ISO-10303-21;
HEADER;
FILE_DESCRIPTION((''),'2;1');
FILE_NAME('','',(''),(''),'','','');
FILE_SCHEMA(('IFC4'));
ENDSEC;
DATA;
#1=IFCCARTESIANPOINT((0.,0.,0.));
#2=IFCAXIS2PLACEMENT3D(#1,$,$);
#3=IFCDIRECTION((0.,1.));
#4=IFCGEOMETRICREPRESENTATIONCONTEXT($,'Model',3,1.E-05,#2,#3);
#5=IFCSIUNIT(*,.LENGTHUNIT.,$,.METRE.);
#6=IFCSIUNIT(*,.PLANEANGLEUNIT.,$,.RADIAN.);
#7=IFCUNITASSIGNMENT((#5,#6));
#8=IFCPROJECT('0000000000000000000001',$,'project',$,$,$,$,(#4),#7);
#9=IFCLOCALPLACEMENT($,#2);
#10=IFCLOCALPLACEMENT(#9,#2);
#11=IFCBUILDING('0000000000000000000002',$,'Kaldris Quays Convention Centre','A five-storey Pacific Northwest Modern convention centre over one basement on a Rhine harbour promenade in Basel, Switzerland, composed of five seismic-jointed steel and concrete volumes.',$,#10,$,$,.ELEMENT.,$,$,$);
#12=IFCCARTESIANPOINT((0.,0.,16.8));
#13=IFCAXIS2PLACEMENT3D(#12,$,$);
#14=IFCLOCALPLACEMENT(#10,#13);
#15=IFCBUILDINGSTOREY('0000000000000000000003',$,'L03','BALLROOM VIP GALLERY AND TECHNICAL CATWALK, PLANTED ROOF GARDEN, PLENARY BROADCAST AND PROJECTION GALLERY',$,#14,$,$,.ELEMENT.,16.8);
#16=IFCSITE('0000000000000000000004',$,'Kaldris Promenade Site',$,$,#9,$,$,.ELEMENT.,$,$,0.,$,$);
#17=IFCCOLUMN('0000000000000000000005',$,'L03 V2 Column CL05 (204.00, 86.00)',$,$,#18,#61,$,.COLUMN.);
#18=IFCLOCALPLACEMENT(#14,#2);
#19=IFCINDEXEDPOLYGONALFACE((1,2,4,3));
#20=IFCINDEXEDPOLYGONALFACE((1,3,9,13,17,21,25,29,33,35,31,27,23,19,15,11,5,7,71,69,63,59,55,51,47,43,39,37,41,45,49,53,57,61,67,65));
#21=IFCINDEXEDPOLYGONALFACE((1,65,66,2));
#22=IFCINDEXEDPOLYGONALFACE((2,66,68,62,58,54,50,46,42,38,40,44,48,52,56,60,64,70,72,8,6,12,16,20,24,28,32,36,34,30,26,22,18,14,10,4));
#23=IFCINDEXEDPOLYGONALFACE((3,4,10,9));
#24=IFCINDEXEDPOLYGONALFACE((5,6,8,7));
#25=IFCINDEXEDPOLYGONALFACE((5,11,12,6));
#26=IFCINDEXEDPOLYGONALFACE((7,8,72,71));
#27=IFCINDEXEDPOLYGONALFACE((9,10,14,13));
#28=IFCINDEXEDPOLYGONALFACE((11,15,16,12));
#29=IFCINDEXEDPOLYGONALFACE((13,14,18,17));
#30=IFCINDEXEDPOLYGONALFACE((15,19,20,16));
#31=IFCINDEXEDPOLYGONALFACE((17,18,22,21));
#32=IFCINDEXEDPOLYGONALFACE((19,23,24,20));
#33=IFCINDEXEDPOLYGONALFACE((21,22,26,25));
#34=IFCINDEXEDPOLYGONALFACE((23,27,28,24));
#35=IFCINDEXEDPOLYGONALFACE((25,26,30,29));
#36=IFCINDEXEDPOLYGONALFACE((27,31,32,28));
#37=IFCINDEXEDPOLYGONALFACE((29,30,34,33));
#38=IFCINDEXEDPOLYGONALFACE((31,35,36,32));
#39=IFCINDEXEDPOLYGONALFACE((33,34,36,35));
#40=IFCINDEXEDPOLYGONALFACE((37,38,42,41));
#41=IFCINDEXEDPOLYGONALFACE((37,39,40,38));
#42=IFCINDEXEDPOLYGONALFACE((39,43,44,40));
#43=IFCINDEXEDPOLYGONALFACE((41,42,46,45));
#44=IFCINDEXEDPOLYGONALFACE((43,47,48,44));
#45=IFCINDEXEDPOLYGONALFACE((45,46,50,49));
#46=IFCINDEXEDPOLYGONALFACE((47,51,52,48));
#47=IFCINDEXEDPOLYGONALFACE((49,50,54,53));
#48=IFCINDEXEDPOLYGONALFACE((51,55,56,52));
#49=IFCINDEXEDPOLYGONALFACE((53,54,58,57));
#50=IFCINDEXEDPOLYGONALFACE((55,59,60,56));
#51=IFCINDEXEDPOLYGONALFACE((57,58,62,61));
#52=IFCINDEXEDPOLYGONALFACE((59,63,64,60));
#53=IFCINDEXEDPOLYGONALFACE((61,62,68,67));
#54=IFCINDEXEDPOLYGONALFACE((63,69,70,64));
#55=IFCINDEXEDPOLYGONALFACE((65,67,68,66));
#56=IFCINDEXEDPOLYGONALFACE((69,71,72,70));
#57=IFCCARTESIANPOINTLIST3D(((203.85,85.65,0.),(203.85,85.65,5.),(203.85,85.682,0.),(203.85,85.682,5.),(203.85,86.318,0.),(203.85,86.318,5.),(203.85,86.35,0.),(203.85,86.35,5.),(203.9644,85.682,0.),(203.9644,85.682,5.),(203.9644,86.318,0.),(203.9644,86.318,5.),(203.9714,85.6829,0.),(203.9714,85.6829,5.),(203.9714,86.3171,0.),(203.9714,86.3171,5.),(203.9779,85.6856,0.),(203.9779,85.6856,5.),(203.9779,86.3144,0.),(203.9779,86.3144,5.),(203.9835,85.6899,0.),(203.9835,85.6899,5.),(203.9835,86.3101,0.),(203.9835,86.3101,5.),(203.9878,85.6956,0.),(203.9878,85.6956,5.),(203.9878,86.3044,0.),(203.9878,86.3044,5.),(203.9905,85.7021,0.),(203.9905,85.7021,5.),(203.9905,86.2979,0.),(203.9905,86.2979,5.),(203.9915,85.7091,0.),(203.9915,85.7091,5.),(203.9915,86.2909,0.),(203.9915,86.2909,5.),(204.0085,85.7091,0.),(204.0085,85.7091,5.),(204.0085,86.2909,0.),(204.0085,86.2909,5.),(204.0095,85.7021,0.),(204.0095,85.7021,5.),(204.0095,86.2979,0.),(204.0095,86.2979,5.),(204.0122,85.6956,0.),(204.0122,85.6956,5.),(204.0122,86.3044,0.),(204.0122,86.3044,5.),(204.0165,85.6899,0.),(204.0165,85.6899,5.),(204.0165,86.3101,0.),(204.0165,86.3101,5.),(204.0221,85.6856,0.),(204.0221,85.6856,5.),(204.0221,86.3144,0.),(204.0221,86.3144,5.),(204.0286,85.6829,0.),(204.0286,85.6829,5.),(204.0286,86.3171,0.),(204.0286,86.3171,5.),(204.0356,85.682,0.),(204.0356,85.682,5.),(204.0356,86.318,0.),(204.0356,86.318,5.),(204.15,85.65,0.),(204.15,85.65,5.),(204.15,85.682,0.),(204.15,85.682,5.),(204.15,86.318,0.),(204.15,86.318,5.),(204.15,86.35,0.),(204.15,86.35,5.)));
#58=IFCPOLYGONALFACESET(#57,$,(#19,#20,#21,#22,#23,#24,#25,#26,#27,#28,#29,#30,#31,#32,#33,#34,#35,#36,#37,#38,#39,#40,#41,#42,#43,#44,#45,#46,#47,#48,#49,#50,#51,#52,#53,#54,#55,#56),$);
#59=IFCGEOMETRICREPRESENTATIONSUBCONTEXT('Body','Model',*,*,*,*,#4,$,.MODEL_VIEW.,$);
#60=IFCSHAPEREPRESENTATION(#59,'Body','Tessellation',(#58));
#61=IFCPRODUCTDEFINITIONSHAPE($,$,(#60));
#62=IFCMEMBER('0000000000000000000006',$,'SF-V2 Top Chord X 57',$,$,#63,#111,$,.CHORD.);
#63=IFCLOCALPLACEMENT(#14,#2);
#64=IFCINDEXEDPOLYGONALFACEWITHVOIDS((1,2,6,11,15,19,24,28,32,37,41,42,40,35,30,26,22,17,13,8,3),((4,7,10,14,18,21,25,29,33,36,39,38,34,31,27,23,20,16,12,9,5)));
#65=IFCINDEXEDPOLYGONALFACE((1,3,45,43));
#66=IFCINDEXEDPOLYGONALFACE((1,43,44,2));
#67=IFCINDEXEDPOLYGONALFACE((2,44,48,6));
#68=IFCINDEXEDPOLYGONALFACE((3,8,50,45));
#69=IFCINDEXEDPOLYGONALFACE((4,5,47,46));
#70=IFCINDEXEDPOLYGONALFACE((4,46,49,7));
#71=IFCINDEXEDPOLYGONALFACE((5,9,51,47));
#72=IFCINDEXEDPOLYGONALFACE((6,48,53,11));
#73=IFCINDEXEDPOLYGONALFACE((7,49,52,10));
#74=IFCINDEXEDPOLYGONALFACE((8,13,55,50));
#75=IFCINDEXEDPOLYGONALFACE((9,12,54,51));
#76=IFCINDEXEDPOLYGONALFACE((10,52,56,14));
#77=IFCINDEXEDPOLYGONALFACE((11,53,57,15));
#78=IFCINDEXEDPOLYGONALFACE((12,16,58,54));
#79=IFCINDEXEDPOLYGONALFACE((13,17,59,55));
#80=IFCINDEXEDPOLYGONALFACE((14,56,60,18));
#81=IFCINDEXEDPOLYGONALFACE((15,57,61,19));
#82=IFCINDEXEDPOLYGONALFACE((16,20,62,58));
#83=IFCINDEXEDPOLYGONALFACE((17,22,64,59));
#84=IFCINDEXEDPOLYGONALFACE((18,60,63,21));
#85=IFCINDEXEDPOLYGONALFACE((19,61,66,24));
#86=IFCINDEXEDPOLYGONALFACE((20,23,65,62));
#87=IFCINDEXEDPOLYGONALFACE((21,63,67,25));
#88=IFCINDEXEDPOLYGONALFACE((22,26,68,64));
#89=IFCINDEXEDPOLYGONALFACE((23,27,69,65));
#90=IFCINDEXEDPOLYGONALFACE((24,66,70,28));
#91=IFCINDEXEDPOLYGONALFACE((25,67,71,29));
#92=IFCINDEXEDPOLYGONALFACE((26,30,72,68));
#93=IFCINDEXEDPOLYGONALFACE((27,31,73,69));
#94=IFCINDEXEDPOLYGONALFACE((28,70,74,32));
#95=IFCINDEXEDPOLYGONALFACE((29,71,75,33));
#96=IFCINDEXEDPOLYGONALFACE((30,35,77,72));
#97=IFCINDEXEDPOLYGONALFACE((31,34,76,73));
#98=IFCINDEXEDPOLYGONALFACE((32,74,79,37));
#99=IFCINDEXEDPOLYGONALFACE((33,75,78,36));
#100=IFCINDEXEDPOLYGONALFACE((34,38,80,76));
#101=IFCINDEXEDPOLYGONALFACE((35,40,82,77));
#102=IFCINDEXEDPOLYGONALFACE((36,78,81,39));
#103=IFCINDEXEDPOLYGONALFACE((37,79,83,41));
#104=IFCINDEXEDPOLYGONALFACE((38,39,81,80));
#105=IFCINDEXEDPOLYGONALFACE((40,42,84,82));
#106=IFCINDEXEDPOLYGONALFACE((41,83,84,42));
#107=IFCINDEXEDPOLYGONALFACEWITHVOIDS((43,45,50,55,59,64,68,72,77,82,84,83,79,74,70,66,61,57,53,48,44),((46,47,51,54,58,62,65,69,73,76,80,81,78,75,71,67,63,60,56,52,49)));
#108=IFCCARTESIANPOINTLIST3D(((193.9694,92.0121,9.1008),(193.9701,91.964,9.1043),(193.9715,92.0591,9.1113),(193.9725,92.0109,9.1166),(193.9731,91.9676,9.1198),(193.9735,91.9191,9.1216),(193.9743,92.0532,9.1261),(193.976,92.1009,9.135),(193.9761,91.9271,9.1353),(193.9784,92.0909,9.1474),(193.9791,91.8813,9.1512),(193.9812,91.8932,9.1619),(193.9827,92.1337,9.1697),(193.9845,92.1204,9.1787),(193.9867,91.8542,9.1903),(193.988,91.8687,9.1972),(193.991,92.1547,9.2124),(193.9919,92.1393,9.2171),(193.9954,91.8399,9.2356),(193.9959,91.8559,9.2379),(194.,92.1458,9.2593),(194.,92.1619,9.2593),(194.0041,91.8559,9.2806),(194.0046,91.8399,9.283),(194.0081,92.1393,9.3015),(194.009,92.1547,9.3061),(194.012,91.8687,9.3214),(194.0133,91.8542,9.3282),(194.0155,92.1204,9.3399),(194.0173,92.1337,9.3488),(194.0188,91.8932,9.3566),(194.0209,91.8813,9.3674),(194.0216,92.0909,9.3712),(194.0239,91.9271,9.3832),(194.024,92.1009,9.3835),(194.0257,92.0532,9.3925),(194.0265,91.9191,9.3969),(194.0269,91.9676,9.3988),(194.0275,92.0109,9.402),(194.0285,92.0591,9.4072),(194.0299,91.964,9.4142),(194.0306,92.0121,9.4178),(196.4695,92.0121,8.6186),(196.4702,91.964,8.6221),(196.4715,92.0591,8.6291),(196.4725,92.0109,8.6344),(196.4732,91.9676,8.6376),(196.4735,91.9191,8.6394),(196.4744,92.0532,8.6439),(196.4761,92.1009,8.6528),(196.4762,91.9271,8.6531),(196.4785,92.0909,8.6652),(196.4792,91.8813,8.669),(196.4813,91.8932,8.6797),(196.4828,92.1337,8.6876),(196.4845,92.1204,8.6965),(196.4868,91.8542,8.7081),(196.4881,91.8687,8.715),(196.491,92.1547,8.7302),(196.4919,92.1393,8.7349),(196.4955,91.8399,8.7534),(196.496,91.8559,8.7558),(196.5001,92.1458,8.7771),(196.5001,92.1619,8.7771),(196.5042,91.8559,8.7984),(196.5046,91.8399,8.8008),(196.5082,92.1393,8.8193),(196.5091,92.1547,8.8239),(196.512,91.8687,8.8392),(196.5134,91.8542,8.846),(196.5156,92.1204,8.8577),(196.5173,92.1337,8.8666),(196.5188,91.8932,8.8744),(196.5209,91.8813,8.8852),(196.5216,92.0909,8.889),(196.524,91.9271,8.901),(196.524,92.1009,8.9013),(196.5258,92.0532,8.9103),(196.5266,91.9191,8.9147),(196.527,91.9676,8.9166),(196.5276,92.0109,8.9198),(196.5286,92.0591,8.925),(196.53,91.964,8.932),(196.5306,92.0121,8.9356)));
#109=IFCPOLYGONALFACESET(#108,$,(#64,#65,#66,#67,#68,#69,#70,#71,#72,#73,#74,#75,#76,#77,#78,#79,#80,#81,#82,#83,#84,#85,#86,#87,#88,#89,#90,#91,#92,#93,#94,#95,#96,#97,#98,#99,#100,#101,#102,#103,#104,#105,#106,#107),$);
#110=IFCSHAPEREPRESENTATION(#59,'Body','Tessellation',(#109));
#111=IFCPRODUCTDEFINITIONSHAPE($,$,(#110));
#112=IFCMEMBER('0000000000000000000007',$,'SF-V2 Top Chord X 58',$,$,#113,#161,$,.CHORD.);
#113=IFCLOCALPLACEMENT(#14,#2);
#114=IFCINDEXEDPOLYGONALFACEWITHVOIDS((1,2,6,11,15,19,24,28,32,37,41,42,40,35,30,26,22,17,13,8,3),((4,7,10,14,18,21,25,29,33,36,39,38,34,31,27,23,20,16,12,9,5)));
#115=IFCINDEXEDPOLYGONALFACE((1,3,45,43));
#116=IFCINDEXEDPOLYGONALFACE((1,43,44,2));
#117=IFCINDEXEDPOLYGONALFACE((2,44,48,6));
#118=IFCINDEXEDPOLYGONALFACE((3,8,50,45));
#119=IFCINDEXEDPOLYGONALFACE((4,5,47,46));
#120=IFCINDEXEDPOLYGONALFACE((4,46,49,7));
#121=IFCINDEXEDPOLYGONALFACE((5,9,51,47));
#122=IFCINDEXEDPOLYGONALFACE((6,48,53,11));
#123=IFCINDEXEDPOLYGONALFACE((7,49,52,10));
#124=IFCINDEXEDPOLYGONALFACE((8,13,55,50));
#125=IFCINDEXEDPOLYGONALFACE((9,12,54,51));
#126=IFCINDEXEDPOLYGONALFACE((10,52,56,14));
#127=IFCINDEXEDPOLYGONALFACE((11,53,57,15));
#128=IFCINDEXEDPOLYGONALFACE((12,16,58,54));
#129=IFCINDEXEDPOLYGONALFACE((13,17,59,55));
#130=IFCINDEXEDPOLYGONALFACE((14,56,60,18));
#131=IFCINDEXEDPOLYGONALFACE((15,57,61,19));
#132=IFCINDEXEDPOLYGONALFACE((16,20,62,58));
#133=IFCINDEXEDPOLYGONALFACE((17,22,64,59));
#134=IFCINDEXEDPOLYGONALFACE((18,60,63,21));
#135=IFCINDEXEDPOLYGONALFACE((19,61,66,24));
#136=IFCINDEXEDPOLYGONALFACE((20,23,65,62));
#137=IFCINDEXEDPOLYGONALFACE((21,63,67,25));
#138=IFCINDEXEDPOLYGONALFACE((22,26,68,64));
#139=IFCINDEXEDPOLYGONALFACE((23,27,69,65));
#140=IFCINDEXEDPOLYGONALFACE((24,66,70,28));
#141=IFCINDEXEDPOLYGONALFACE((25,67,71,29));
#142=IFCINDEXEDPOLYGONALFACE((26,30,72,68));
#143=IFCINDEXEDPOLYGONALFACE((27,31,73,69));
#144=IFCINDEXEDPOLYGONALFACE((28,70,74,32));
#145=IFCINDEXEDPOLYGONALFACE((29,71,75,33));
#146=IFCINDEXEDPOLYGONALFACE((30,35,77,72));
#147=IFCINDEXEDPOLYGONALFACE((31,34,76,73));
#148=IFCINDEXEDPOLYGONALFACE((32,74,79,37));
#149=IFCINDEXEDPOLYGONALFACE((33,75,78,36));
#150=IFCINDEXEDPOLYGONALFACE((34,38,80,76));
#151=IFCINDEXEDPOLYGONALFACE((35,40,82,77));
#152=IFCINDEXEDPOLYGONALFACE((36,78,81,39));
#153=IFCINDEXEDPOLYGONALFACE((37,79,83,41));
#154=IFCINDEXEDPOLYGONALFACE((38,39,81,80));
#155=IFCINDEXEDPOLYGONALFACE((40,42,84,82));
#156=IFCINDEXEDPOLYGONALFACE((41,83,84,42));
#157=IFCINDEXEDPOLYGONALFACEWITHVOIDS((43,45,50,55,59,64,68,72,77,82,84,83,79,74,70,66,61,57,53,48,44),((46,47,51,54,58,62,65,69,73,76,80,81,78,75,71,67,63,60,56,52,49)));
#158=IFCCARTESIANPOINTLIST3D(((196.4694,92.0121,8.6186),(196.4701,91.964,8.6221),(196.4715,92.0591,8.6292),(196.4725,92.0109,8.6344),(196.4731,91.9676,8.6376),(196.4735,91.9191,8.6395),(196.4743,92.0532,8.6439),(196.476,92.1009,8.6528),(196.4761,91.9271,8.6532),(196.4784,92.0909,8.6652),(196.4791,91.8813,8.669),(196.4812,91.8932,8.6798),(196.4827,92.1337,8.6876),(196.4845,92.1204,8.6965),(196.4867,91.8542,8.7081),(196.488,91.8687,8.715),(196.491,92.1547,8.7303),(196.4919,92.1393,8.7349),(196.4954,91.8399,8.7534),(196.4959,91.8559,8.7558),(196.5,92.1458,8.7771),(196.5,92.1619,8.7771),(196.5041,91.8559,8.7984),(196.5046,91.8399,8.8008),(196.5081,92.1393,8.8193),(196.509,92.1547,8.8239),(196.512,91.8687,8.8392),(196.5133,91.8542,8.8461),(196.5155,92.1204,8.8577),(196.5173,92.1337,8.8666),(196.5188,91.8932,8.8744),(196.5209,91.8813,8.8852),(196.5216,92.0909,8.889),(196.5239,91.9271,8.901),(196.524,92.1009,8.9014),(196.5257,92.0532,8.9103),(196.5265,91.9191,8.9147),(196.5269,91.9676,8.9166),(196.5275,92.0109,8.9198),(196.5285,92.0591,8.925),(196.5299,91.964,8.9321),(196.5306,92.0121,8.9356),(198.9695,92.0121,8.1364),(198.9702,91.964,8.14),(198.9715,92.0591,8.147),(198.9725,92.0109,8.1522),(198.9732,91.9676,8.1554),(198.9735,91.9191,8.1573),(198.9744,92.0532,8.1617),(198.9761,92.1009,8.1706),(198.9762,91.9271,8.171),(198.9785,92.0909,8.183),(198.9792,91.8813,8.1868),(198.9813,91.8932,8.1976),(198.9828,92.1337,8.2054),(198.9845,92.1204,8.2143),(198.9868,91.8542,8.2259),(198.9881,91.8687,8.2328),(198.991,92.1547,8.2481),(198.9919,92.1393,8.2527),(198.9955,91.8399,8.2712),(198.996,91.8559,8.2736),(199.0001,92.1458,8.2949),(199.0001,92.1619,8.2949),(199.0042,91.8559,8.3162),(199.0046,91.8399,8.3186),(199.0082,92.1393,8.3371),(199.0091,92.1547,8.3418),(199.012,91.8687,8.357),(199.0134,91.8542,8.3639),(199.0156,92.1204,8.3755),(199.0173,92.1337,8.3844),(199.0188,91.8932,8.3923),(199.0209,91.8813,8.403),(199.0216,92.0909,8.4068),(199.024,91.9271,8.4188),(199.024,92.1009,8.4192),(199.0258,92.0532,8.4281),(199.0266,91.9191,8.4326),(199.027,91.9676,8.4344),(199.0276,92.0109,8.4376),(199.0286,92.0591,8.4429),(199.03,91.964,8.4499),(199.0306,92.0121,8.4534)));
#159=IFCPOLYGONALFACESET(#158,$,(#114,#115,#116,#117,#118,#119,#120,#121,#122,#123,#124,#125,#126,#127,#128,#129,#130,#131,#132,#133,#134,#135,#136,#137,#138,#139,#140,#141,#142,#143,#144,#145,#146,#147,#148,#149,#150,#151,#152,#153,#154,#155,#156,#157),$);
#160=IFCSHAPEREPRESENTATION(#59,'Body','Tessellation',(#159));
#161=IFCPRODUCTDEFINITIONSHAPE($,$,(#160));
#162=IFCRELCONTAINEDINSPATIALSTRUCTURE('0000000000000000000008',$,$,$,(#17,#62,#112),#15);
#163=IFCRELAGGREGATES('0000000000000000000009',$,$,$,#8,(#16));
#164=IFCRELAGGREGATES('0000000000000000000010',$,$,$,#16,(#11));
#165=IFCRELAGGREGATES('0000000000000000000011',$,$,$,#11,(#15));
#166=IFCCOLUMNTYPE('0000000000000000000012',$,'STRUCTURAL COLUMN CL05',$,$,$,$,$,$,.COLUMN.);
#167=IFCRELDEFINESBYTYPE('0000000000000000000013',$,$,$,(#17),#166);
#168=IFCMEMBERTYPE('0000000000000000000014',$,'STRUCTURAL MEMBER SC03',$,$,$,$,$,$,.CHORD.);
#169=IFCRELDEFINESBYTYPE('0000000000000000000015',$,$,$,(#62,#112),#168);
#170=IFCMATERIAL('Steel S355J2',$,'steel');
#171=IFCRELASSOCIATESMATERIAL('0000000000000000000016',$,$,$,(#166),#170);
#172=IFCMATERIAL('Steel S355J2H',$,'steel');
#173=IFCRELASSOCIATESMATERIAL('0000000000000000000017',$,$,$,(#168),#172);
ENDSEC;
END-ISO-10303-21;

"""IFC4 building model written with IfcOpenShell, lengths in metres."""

from ifc_helpers import new_model, si_unit, direction, frame, origin, origin_2d, place, context, subcontext, project, spatial, hollow_circle, i_section, extrude, material, material_profile, profile_set, type_object, element, save


model = new_model("IFC4")

# Units and contexts
model_context = context("Model", 3, precision=1e-05, world=origin(), true_north=direction((0.0, 1.0)))
body_context = subcontext(model_context, "Body", "Model", "MODEL_VIEW")
ifc_project = project(units=[si_unit("LENGTHUNIT", "METRE"), si_unit("PLANEANGLEUNIT", "RADIAN")], contexts=[model_context])

# Site, building, storey
site_placement = place(None, origin())
site = spatial("IfcSite", under=ifc_project, at=site_placement, Name="Kaldris Promenade Site", CompositionType="ELEMENT", RefElevation=0.0)
building_placement = place(site_placement, origin())
building = spatial("IfcBuilding", under=site, at=building_placement, Name="Kaldris Quays Convention Centre", Description="A five-storey Pacific Northwest Modern convention centre over one basement on a Rhine harbour promenade in Basel, Switzerland, composed of five seismic-jointed steel and concrete volumes.", CompositionType="ELEMENT")
storey_placement = place(building_placement, frame((0.0, 0.0, 16.8)))
storey = spatial("IfcBuildingStorey", under=building, at=storey_placement, Name="L03", Description="BALLROOM VIP GALLERY AND TECHNICAL CATWALK, PLANTED ROOF GARDEN, PLENARY BROADCAST AND PROJECTION GALLERY", CompositionType="ELEMENT", Elevation=16.8)

# Column
ifc_material_1 = material(Name="Steel S355J2", Category="steel")
ifc_material_profile_1 = material_profile(ifc_material_1, i_section(OverallWidth=0.3, OverallDepth=0.7, WebThickness=0.0171, FlangeThickness=0.032, FilletRadius=0.0271, at=origin_2d()), Name="HEB 700")
ifc_profile_set_1 = profile_set([ifc_material_profile_1], Name="Steel S355J2")
column_type = type_object("IfcColumnType", Name="STRUCTURAL COLUMN CL05", PredefinedType="COLUMN", material=ifc_profile_set_1)
column_placement = place(storey_placement, frame((204.0, 86.0, 0.0), z_axis=(0.0, 0.0, 1.0), x_axis=(1.0, 0.0, 0.0)))
element("IfcColumn", 1, at=column_placement, inside=storey, type_object=column_type, Name="L03 V2 Column CL05 (204.00, 86.00)", PredefinedType="COLUMN", context=body_context, shape_type="SweptSolid", body=[
    extrude(i_section(OverallWidth=0.3, OverallDepth=0.7, WebThickness=0.0171, FlangeThickness=0.032, FilletRadius=0.0271, at=origin_2d()), origin(), (0.0, 0.0, 1.0), 5.0),
])

# Members
ifc_material_2 = material(Name="Steel S355J2H", Category="steel")
ifc_material_profile_2 = material_profile(ifc_material_2, hollow_circle(Radius=0.1619, WallThickness=0.0161, at=origin_2d()), Name="CHS 323.9x16")
ifc_profile_set_2 = profile_set([ifc_material_profile_2], Name="Steel S355J2H")
member_type_1 = type_object("IfcMemberType", Name="STRUCTURAL MEMBER SC03", PredefinedType="CHORD", material=ifc_profile_set_2)
for number, where, z_axis, x_axis, name in (
    (2, (194.0, 92.0, 9.2593), (0.981904, 0.0, -0.189381), (0.0, 1.0, 0.0), "SF-V2 Top Chord X 57"),
    (3, (196.5, 92.0, 8.7771), (0.981904, 0.0, -0.189381), (0.0, 1.0, 0.0), "SF-V2 Top Chord X 58"),
):
    element("IfcMember", number, at=place(storey_placement, frame(where, z_axis=z_axis, x_axis=x_axis)), inside=storey, type_object=member_type_1, Name=name, PredefinedType="CHORD", context=body_context, shape_type="SweptSolid", body=[
        extrude(hollow_circle(Radius=0.1619, WallThickness=0.0161, at=origin_2d()), origin(), (0.0, 0.0, 1.0), 2.5461),
    ])

save(model, "model.ifc")
